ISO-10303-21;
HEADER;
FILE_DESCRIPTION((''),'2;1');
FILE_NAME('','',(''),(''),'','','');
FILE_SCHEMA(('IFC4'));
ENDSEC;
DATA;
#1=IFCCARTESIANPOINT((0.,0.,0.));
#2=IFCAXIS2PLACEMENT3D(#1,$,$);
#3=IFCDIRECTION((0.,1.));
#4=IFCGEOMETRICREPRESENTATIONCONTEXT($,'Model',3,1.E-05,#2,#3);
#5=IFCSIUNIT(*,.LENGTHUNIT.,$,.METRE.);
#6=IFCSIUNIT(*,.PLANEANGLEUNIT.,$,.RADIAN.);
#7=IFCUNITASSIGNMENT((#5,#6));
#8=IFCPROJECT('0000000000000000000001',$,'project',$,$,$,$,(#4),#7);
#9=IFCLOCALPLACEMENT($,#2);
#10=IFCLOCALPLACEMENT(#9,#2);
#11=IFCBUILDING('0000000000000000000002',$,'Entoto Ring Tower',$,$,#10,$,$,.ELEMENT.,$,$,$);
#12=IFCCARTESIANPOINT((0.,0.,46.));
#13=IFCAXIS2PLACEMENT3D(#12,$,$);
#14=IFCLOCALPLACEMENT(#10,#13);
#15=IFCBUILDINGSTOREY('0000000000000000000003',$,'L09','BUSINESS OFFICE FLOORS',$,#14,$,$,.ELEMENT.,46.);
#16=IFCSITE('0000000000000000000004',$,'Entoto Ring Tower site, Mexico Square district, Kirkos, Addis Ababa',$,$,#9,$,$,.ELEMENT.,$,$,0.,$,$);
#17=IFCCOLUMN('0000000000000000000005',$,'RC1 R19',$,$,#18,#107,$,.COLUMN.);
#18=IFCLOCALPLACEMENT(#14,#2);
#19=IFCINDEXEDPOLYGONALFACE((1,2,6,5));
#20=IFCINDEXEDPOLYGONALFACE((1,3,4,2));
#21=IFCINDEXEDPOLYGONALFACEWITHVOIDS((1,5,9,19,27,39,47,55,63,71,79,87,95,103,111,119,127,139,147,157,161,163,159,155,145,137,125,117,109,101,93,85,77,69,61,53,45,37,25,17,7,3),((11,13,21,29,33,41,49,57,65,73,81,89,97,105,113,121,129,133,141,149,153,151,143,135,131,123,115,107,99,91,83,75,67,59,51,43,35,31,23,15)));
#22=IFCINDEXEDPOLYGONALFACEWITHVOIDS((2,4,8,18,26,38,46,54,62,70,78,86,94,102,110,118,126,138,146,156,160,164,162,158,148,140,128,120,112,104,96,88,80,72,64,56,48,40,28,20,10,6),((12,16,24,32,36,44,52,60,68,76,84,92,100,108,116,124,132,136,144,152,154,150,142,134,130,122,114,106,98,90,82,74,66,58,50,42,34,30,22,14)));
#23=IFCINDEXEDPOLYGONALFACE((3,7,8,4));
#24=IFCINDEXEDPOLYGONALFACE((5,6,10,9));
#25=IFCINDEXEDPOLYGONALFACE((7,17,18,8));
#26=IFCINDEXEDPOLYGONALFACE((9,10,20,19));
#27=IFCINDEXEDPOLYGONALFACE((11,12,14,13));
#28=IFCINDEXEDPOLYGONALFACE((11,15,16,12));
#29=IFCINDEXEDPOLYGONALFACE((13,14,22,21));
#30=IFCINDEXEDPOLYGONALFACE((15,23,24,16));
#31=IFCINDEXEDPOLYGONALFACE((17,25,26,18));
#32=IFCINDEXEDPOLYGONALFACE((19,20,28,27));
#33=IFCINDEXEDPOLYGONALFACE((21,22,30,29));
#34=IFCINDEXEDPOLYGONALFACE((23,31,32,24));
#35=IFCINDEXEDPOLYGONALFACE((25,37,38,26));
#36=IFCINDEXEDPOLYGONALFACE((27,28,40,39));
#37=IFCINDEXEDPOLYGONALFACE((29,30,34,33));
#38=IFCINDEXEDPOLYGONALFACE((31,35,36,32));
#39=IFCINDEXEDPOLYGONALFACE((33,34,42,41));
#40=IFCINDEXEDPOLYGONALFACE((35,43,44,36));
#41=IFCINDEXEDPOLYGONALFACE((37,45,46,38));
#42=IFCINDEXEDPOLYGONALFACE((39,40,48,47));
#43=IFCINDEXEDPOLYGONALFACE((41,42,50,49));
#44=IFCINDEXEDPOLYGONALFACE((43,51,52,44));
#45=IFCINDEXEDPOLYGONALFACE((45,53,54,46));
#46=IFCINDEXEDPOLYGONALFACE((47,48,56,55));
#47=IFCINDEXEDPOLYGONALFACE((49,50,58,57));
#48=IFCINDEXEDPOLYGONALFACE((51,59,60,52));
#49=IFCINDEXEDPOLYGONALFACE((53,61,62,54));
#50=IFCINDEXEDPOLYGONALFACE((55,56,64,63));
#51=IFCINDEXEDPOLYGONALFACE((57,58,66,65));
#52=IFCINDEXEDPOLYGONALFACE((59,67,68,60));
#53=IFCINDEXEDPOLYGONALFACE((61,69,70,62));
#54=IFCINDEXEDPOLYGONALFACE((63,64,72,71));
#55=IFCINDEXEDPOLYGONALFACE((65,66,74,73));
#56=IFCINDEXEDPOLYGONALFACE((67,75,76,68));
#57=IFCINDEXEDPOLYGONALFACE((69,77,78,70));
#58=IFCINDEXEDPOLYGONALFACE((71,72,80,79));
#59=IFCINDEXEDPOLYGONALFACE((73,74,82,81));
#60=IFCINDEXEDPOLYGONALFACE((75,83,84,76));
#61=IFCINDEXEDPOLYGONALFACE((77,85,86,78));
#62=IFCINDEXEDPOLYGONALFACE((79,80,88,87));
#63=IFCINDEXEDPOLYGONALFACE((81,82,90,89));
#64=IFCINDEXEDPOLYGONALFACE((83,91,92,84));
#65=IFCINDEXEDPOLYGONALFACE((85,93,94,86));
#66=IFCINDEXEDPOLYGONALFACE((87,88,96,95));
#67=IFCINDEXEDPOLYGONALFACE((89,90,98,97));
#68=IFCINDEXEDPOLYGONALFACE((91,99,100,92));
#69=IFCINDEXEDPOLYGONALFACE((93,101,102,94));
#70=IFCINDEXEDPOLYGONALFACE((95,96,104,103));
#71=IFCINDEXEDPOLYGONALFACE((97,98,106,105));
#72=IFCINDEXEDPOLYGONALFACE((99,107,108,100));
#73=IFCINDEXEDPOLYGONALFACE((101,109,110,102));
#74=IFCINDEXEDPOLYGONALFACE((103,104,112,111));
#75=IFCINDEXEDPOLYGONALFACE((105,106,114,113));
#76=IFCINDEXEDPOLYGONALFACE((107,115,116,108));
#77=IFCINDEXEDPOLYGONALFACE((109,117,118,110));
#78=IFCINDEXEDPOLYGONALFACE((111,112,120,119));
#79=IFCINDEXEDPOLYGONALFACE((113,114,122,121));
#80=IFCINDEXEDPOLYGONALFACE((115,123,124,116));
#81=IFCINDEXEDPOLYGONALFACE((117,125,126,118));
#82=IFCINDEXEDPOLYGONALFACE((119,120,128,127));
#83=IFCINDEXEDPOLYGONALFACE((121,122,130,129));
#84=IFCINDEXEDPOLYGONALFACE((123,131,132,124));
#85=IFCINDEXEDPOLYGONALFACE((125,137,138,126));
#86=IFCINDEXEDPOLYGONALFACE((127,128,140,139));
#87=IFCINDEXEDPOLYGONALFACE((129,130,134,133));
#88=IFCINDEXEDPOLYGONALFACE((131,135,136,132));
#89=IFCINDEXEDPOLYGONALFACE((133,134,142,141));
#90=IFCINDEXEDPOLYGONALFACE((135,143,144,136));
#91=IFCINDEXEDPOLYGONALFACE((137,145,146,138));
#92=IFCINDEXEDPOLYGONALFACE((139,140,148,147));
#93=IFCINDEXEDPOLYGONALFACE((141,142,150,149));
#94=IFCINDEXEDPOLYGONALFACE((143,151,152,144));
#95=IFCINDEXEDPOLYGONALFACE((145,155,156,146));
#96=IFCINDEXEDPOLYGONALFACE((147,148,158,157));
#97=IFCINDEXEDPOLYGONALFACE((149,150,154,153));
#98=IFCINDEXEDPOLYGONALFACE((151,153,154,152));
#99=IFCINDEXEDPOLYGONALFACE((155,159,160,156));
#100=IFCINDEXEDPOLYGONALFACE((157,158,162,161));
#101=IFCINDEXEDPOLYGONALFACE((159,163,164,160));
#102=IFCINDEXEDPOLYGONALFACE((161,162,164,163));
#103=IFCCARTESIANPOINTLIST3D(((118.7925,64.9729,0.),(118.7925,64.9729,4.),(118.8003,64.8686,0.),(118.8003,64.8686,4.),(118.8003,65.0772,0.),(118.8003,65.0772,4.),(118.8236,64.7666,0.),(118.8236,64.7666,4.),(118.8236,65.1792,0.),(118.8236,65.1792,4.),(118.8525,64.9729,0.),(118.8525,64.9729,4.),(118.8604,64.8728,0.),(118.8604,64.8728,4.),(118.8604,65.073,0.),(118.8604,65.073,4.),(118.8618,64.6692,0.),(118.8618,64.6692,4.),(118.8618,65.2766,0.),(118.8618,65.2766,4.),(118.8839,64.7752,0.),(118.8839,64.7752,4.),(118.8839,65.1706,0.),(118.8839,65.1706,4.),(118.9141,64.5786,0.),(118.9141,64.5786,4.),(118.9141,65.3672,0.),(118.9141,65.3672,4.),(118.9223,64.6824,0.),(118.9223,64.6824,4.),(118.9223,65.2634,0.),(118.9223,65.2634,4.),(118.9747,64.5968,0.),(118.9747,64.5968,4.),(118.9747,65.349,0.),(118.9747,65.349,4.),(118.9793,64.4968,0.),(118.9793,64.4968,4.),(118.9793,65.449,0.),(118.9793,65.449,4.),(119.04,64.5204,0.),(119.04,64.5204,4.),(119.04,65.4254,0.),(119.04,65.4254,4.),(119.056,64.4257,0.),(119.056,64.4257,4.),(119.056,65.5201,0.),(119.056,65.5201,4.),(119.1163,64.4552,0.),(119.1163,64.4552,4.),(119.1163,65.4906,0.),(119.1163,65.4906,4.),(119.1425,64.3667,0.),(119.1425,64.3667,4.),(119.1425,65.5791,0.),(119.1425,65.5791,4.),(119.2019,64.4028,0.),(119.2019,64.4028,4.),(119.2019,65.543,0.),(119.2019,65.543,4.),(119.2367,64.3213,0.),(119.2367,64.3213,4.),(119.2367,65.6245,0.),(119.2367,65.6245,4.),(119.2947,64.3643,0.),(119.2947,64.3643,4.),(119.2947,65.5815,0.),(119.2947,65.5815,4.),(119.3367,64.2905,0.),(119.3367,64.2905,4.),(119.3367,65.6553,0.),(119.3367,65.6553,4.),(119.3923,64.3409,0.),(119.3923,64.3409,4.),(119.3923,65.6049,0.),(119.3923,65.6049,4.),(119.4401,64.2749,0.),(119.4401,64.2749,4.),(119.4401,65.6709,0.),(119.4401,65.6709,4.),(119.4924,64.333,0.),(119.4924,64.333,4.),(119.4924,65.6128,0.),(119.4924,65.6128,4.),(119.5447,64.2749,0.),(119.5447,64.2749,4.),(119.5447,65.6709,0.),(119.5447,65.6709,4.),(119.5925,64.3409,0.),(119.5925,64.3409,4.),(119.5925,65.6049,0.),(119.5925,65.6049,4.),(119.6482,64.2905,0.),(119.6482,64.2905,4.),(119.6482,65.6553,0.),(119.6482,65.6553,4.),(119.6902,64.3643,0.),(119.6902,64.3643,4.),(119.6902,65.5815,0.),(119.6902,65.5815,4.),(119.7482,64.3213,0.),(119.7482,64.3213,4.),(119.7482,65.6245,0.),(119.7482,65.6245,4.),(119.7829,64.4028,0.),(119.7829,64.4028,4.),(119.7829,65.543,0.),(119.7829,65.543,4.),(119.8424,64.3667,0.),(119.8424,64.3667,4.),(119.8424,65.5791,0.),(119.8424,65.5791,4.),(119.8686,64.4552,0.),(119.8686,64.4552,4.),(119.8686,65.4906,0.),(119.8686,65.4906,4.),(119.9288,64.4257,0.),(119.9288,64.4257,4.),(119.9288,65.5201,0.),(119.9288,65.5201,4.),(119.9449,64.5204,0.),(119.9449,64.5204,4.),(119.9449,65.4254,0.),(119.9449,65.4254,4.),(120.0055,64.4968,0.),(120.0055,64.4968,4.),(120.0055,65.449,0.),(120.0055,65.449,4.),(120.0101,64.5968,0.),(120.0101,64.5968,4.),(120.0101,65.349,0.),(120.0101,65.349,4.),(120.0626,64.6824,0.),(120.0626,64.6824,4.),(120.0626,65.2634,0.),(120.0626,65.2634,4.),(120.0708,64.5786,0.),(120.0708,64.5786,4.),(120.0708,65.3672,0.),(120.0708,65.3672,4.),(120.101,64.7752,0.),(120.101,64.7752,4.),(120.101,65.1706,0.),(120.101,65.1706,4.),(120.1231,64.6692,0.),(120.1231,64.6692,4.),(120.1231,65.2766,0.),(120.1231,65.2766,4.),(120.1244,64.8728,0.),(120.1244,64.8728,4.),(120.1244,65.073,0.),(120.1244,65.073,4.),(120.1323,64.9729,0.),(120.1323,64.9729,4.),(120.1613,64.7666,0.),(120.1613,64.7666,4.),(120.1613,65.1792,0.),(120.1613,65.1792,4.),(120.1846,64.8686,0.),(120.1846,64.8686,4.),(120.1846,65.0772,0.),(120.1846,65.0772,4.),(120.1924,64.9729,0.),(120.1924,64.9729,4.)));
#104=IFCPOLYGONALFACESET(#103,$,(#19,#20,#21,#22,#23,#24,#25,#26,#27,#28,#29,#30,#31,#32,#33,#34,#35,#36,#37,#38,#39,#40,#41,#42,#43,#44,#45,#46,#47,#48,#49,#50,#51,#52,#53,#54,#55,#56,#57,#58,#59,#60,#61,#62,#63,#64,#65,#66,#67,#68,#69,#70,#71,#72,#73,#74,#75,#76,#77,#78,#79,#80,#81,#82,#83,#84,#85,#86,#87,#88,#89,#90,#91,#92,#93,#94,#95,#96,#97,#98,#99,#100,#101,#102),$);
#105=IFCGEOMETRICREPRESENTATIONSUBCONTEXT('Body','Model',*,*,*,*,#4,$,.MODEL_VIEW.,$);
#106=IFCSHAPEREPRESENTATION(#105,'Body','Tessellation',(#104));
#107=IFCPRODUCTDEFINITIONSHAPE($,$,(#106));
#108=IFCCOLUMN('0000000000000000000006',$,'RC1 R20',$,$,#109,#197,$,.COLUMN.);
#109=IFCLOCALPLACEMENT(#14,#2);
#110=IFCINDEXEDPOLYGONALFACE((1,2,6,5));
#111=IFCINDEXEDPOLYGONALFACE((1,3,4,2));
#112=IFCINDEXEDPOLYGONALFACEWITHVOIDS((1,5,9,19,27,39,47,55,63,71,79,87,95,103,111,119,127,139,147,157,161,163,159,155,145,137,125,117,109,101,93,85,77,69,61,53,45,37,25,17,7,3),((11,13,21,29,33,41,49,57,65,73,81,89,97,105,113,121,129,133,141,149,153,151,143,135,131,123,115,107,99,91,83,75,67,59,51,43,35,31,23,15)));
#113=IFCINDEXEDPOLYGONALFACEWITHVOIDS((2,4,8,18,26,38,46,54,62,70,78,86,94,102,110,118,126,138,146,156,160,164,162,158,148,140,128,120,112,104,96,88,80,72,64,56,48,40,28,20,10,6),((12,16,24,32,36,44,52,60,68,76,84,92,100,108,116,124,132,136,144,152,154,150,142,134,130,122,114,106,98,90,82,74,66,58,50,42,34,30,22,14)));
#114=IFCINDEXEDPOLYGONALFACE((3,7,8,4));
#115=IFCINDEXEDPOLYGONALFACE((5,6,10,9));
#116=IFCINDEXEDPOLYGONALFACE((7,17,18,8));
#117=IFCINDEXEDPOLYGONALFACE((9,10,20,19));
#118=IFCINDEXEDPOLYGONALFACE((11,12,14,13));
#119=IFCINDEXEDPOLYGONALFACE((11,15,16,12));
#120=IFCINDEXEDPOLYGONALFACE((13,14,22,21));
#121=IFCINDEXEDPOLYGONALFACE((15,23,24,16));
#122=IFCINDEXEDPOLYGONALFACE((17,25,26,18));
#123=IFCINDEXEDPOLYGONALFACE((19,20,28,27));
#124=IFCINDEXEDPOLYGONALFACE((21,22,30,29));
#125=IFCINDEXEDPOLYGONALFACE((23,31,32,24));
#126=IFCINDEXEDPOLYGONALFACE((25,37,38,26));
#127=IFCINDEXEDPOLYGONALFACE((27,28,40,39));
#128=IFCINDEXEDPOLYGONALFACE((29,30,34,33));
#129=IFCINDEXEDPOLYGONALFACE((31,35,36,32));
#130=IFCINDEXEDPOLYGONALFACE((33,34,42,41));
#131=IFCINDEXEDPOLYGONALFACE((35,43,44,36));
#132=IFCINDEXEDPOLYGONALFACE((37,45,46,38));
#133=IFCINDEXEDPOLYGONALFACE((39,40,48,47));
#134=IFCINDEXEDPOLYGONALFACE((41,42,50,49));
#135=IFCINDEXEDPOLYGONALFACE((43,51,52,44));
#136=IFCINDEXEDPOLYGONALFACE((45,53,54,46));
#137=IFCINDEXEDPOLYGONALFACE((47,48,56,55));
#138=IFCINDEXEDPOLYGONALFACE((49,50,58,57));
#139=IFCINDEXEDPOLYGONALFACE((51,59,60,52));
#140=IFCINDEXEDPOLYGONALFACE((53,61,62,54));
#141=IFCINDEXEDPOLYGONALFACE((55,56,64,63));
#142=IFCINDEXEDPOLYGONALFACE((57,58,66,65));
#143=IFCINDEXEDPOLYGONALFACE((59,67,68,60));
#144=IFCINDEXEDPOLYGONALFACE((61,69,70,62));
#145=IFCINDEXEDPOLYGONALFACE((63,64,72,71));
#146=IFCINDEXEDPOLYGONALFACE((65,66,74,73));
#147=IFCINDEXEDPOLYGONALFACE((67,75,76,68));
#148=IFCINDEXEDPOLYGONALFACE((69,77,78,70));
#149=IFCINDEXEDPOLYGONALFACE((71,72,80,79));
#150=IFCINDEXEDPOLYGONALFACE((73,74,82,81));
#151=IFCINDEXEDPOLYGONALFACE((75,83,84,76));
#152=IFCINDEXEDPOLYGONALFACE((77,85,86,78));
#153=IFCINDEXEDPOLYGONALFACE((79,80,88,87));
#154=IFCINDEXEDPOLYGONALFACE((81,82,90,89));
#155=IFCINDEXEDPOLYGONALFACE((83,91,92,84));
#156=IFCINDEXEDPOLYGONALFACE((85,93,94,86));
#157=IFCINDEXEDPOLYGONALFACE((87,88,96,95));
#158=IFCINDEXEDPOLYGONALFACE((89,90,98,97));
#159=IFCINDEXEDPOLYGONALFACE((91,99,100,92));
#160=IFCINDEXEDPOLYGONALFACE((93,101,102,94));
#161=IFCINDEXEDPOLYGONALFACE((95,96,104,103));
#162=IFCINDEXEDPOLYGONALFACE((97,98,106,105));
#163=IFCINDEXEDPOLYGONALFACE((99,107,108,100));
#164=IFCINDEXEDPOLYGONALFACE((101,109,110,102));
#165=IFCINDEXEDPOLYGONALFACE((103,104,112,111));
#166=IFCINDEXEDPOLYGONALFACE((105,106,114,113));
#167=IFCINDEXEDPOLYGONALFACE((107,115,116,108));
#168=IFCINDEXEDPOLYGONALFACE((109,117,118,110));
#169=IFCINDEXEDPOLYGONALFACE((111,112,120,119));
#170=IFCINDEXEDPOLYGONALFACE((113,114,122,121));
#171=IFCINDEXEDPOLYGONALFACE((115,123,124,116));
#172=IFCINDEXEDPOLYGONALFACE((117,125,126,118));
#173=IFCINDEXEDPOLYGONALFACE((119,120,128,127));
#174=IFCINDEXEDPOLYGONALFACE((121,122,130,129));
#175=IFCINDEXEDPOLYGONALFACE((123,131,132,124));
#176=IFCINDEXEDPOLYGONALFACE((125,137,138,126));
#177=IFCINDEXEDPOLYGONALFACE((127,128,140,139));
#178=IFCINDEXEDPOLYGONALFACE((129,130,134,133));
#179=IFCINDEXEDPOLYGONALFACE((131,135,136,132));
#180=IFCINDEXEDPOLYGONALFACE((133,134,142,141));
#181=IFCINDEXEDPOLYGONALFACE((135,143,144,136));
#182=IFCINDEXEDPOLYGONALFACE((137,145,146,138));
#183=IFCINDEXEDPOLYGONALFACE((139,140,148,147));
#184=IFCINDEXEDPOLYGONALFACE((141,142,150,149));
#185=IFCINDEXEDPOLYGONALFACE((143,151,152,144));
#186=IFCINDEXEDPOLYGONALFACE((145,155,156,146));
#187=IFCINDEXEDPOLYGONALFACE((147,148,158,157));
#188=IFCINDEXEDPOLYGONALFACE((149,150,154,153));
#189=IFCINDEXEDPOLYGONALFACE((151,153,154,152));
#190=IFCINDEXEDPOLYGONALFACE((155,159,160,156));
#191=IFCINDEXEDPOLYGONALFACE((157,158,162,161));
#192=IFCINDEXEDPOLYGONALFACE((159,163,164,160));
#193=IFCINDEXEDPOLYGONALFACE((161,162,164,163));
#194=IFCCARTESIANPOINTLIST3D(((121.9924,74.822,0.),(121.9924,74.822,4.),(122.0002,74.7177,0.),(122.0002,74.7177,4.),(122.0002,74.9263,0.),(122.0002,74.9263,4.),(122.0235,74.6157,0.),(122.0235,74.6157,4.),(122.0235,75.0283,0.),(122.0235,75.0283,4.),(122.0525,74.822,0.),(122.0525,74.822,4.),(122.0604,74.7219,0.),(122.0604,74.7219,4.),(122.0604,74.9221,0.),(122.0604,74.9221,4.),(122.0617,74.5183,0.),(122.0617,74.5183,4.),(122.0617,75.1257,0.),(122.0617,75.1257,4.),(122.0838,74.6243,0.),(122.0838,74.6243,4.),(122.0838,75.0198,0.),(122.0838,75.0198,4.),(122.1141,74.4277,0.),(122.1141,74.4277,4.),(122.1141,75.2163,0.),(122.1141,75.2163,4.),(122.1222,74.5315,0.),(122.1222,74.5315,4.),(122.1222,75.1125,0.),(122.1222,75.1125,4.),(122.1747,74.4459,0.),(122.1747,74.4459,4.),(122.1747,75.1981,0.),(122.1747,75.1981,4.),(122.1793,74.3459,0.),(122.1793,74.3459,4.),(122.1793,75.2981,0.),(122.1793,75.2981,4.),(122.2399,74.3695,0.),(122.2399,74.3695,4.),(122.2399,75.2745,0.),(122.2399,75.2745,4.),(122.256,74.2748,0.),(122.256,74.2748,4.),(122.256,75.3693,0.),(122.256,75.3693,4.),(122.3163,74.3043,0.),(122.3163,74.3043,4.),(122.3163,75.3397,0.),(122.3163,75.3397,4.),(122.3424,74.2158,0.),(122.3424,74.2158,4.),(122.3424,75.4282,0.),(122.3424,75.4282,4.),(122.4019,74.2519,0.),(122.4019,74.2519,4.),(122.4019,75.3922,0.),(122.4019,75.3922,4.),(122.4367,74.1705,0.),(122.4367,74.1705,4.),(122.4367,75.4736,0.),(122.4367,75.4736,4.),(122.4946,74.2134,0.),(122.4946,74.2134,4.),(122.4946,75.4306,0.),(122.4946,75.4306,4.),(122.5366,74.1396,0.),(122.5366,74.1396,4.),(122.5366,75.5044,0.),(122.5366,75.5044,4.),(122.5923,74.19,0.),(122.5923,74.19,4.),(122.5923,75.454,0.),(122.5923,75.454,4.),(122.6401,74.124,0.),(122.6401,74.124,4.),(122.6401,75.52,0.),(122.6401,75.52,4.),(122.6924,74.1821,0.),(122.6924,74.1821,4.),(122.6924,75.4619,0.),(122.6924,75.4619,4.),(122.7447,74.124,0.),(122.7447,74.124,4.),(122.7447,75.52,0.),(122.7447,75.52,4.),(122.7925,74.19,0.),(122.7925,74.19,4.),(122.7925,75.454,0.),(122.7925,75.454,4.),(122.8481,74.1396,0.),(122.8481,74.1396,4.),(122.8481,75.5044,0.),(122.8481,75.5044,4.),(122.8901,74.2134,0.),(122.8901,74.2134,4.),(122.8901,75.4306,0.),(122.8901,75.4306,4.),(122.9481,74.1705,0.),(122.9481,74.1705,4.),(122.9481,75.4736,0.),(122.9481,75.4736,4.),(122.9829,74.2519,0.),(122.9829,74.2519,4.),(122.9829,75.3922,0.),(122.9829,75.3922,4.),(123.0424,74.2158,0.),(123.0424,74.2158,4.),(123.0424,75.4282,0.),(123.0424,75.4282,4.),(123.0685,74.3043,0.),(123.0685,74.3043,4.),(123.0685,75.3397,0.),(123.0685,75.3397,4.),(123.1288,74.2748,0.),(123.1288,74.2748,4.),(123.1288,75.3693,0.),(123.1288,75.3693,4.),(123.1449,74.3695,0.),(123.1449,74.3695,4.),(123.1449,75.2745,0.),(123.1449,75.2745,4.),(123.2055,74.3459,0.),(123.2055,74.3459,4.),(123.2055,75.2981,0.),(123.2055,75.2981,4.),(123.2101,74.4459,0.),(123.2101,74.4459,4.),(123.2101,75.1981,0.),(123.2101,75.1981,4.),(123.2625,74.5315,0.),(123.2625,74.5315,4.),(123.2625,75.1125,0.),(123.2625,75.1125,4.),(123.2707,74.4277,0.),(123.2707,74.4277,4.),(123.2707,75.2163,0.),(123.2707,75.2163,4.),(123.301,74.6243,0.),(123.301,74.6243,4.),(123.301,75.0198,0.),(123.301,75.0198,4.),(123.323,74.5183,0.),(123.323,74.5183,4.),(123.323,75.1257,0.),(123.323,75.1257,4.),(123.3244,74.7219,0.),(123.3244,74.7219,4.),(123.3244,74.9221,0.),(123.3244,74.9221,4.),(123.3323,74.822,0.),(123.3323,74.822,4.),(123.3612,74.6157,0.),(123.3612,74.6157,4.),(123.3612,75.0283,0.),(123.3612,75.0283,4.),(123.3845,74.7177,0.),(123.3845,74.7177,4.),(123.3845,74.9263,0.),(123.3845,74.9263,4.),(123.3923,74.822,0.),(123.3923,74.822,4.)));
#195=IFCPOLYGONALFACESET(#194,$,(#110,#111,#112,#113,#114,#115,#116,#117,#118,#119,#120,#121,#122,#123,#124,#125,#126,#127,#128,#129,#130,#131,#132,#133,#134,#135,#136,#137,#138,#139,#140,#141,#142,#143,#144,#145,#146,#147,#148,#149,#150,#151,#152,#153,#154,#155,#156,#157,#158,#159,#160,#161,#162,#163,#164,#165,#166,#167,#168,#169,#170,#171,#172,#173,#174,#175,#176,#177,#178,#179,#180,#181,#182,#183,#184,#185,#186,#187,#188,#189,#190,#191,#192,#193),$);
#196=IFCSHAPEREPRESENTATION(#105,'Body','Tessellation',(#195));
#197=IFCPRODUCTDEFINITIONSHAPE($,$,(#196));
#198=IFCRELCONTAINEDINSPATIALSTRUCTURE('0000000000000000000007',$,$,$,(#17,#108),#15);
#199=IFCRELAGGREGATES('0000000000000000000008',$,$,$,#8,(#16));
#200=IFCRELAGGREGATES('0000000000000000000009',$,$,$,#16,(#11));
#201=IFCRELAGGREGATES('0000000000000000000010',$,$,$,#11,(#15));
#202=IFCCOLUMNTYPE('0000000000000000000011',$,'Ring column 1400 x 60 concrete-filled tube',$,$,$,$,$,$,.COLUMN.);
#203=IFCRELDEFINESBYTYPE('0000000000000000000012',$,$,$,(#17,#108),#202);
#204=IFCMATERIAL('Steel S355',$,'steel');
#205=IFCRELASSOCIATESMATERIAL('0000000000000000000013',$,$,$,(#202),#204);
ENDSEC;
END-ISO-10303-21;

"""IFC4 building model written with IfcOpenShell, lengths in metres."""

from ifc_helpers import new_model, si_unit, direction, frame, origin, origin_2d, place, context, subcontext, project, spatial, circle, hollow_circle, extrude, material, material_profile, profile_set, type_object, element, save


model = new_model("IFC4")

# Units and contexts
model_context = context("Model", 3, precision=1e-05, world=origin(), true_north=direction((0.0, 1.0)))
body_context = subcontext(model_context, "Body", "Model", "MODEL_VIEW")
ifc_project = project(units=[si_unit("LENGTHUNIT", "METRE"), si_unit("PLANEANGLEUNIT", "RADIAN")], contexts=[model_context])

# Site, building, storey
site_placement = place(None, origin())
site = spatial("IfcSite", under=ifc_project, at=site_placement, Name="Entoto Ring Tower site, Mexico Square district, Kirkos, Addis Ababa", CompositionType="ELEMENT", RefElevation=0.0)
building_placement = place(site_placement, origin())
building = spatial("IfcBuilding", under=site, at=building_placement, Name="Entoto Ring Tower", CompositionType="ELEMENT")
storey_placement = place(building_placement, frame((0.0, 0.0, 46.0)))
storey = spatial("IfcBuildingStorey", under=building, at=storey_placement, Name="L09", Description="BUSINESS OFFICE FLOORS", CompositionType="ELEMENT", Elevation=46.0)

# Columns
ifc_material_1 = material(Name="Steel S355", Category="steel")
ifc_material_profile_1 = material_profile(ifc_material_1, hollow_circle(Radius=0.7, WallThickness=0.0601, at=origin_2d()), Name="CHS 1400 x 60")
ifc_material_2 = material(Name="Concrete C60/75", Category="concrete")
ifc_material_profile_2 = material_profile(ifc_material_2, circle(Radius=0.6399, at=origin_2d()), Name="Concrete C60/75 infill")
ifc_profile_set_1 = profile_set([ifc_material_profile_1, ifc_material_profile_2], Name="Steel S355")
column_type = type_object("IfcColumnType", Name="Ring column 1400 x 60 concrete-filled tube", PredefinedType="COLUMN", material=ifc_profile_set_1)
for number, where, z_axis, x_axis, name in (
    (1, (119.4924, 64.9729, 0.0), (0.0, 0.0, 1.0), (1.0, 0.0, 0.0), "RC1 R19"),
    (2, (122.6924, 74.822, 0.0), (0.0, 0.0, 1.0), (1.0, 0.0, 0.0), "RC1 R20"),
):
    element("IfcColumn", number, at=place(storey_placement, frame(where, z_axis=z_axis, x_axis=x_axis)), inside=storey, type_object=column_type, Name=name, PredefinedType="COLUMN", context=body_context, shape_type="SweptSolid", body=[
        extrude(hollow_circle(Radius=0.7, WallThickness=0.0601, at=origin_2d()), origin(), (0.0, 0.0, 1.0), 4.0),
    ])

save(model, "model.ifc")
